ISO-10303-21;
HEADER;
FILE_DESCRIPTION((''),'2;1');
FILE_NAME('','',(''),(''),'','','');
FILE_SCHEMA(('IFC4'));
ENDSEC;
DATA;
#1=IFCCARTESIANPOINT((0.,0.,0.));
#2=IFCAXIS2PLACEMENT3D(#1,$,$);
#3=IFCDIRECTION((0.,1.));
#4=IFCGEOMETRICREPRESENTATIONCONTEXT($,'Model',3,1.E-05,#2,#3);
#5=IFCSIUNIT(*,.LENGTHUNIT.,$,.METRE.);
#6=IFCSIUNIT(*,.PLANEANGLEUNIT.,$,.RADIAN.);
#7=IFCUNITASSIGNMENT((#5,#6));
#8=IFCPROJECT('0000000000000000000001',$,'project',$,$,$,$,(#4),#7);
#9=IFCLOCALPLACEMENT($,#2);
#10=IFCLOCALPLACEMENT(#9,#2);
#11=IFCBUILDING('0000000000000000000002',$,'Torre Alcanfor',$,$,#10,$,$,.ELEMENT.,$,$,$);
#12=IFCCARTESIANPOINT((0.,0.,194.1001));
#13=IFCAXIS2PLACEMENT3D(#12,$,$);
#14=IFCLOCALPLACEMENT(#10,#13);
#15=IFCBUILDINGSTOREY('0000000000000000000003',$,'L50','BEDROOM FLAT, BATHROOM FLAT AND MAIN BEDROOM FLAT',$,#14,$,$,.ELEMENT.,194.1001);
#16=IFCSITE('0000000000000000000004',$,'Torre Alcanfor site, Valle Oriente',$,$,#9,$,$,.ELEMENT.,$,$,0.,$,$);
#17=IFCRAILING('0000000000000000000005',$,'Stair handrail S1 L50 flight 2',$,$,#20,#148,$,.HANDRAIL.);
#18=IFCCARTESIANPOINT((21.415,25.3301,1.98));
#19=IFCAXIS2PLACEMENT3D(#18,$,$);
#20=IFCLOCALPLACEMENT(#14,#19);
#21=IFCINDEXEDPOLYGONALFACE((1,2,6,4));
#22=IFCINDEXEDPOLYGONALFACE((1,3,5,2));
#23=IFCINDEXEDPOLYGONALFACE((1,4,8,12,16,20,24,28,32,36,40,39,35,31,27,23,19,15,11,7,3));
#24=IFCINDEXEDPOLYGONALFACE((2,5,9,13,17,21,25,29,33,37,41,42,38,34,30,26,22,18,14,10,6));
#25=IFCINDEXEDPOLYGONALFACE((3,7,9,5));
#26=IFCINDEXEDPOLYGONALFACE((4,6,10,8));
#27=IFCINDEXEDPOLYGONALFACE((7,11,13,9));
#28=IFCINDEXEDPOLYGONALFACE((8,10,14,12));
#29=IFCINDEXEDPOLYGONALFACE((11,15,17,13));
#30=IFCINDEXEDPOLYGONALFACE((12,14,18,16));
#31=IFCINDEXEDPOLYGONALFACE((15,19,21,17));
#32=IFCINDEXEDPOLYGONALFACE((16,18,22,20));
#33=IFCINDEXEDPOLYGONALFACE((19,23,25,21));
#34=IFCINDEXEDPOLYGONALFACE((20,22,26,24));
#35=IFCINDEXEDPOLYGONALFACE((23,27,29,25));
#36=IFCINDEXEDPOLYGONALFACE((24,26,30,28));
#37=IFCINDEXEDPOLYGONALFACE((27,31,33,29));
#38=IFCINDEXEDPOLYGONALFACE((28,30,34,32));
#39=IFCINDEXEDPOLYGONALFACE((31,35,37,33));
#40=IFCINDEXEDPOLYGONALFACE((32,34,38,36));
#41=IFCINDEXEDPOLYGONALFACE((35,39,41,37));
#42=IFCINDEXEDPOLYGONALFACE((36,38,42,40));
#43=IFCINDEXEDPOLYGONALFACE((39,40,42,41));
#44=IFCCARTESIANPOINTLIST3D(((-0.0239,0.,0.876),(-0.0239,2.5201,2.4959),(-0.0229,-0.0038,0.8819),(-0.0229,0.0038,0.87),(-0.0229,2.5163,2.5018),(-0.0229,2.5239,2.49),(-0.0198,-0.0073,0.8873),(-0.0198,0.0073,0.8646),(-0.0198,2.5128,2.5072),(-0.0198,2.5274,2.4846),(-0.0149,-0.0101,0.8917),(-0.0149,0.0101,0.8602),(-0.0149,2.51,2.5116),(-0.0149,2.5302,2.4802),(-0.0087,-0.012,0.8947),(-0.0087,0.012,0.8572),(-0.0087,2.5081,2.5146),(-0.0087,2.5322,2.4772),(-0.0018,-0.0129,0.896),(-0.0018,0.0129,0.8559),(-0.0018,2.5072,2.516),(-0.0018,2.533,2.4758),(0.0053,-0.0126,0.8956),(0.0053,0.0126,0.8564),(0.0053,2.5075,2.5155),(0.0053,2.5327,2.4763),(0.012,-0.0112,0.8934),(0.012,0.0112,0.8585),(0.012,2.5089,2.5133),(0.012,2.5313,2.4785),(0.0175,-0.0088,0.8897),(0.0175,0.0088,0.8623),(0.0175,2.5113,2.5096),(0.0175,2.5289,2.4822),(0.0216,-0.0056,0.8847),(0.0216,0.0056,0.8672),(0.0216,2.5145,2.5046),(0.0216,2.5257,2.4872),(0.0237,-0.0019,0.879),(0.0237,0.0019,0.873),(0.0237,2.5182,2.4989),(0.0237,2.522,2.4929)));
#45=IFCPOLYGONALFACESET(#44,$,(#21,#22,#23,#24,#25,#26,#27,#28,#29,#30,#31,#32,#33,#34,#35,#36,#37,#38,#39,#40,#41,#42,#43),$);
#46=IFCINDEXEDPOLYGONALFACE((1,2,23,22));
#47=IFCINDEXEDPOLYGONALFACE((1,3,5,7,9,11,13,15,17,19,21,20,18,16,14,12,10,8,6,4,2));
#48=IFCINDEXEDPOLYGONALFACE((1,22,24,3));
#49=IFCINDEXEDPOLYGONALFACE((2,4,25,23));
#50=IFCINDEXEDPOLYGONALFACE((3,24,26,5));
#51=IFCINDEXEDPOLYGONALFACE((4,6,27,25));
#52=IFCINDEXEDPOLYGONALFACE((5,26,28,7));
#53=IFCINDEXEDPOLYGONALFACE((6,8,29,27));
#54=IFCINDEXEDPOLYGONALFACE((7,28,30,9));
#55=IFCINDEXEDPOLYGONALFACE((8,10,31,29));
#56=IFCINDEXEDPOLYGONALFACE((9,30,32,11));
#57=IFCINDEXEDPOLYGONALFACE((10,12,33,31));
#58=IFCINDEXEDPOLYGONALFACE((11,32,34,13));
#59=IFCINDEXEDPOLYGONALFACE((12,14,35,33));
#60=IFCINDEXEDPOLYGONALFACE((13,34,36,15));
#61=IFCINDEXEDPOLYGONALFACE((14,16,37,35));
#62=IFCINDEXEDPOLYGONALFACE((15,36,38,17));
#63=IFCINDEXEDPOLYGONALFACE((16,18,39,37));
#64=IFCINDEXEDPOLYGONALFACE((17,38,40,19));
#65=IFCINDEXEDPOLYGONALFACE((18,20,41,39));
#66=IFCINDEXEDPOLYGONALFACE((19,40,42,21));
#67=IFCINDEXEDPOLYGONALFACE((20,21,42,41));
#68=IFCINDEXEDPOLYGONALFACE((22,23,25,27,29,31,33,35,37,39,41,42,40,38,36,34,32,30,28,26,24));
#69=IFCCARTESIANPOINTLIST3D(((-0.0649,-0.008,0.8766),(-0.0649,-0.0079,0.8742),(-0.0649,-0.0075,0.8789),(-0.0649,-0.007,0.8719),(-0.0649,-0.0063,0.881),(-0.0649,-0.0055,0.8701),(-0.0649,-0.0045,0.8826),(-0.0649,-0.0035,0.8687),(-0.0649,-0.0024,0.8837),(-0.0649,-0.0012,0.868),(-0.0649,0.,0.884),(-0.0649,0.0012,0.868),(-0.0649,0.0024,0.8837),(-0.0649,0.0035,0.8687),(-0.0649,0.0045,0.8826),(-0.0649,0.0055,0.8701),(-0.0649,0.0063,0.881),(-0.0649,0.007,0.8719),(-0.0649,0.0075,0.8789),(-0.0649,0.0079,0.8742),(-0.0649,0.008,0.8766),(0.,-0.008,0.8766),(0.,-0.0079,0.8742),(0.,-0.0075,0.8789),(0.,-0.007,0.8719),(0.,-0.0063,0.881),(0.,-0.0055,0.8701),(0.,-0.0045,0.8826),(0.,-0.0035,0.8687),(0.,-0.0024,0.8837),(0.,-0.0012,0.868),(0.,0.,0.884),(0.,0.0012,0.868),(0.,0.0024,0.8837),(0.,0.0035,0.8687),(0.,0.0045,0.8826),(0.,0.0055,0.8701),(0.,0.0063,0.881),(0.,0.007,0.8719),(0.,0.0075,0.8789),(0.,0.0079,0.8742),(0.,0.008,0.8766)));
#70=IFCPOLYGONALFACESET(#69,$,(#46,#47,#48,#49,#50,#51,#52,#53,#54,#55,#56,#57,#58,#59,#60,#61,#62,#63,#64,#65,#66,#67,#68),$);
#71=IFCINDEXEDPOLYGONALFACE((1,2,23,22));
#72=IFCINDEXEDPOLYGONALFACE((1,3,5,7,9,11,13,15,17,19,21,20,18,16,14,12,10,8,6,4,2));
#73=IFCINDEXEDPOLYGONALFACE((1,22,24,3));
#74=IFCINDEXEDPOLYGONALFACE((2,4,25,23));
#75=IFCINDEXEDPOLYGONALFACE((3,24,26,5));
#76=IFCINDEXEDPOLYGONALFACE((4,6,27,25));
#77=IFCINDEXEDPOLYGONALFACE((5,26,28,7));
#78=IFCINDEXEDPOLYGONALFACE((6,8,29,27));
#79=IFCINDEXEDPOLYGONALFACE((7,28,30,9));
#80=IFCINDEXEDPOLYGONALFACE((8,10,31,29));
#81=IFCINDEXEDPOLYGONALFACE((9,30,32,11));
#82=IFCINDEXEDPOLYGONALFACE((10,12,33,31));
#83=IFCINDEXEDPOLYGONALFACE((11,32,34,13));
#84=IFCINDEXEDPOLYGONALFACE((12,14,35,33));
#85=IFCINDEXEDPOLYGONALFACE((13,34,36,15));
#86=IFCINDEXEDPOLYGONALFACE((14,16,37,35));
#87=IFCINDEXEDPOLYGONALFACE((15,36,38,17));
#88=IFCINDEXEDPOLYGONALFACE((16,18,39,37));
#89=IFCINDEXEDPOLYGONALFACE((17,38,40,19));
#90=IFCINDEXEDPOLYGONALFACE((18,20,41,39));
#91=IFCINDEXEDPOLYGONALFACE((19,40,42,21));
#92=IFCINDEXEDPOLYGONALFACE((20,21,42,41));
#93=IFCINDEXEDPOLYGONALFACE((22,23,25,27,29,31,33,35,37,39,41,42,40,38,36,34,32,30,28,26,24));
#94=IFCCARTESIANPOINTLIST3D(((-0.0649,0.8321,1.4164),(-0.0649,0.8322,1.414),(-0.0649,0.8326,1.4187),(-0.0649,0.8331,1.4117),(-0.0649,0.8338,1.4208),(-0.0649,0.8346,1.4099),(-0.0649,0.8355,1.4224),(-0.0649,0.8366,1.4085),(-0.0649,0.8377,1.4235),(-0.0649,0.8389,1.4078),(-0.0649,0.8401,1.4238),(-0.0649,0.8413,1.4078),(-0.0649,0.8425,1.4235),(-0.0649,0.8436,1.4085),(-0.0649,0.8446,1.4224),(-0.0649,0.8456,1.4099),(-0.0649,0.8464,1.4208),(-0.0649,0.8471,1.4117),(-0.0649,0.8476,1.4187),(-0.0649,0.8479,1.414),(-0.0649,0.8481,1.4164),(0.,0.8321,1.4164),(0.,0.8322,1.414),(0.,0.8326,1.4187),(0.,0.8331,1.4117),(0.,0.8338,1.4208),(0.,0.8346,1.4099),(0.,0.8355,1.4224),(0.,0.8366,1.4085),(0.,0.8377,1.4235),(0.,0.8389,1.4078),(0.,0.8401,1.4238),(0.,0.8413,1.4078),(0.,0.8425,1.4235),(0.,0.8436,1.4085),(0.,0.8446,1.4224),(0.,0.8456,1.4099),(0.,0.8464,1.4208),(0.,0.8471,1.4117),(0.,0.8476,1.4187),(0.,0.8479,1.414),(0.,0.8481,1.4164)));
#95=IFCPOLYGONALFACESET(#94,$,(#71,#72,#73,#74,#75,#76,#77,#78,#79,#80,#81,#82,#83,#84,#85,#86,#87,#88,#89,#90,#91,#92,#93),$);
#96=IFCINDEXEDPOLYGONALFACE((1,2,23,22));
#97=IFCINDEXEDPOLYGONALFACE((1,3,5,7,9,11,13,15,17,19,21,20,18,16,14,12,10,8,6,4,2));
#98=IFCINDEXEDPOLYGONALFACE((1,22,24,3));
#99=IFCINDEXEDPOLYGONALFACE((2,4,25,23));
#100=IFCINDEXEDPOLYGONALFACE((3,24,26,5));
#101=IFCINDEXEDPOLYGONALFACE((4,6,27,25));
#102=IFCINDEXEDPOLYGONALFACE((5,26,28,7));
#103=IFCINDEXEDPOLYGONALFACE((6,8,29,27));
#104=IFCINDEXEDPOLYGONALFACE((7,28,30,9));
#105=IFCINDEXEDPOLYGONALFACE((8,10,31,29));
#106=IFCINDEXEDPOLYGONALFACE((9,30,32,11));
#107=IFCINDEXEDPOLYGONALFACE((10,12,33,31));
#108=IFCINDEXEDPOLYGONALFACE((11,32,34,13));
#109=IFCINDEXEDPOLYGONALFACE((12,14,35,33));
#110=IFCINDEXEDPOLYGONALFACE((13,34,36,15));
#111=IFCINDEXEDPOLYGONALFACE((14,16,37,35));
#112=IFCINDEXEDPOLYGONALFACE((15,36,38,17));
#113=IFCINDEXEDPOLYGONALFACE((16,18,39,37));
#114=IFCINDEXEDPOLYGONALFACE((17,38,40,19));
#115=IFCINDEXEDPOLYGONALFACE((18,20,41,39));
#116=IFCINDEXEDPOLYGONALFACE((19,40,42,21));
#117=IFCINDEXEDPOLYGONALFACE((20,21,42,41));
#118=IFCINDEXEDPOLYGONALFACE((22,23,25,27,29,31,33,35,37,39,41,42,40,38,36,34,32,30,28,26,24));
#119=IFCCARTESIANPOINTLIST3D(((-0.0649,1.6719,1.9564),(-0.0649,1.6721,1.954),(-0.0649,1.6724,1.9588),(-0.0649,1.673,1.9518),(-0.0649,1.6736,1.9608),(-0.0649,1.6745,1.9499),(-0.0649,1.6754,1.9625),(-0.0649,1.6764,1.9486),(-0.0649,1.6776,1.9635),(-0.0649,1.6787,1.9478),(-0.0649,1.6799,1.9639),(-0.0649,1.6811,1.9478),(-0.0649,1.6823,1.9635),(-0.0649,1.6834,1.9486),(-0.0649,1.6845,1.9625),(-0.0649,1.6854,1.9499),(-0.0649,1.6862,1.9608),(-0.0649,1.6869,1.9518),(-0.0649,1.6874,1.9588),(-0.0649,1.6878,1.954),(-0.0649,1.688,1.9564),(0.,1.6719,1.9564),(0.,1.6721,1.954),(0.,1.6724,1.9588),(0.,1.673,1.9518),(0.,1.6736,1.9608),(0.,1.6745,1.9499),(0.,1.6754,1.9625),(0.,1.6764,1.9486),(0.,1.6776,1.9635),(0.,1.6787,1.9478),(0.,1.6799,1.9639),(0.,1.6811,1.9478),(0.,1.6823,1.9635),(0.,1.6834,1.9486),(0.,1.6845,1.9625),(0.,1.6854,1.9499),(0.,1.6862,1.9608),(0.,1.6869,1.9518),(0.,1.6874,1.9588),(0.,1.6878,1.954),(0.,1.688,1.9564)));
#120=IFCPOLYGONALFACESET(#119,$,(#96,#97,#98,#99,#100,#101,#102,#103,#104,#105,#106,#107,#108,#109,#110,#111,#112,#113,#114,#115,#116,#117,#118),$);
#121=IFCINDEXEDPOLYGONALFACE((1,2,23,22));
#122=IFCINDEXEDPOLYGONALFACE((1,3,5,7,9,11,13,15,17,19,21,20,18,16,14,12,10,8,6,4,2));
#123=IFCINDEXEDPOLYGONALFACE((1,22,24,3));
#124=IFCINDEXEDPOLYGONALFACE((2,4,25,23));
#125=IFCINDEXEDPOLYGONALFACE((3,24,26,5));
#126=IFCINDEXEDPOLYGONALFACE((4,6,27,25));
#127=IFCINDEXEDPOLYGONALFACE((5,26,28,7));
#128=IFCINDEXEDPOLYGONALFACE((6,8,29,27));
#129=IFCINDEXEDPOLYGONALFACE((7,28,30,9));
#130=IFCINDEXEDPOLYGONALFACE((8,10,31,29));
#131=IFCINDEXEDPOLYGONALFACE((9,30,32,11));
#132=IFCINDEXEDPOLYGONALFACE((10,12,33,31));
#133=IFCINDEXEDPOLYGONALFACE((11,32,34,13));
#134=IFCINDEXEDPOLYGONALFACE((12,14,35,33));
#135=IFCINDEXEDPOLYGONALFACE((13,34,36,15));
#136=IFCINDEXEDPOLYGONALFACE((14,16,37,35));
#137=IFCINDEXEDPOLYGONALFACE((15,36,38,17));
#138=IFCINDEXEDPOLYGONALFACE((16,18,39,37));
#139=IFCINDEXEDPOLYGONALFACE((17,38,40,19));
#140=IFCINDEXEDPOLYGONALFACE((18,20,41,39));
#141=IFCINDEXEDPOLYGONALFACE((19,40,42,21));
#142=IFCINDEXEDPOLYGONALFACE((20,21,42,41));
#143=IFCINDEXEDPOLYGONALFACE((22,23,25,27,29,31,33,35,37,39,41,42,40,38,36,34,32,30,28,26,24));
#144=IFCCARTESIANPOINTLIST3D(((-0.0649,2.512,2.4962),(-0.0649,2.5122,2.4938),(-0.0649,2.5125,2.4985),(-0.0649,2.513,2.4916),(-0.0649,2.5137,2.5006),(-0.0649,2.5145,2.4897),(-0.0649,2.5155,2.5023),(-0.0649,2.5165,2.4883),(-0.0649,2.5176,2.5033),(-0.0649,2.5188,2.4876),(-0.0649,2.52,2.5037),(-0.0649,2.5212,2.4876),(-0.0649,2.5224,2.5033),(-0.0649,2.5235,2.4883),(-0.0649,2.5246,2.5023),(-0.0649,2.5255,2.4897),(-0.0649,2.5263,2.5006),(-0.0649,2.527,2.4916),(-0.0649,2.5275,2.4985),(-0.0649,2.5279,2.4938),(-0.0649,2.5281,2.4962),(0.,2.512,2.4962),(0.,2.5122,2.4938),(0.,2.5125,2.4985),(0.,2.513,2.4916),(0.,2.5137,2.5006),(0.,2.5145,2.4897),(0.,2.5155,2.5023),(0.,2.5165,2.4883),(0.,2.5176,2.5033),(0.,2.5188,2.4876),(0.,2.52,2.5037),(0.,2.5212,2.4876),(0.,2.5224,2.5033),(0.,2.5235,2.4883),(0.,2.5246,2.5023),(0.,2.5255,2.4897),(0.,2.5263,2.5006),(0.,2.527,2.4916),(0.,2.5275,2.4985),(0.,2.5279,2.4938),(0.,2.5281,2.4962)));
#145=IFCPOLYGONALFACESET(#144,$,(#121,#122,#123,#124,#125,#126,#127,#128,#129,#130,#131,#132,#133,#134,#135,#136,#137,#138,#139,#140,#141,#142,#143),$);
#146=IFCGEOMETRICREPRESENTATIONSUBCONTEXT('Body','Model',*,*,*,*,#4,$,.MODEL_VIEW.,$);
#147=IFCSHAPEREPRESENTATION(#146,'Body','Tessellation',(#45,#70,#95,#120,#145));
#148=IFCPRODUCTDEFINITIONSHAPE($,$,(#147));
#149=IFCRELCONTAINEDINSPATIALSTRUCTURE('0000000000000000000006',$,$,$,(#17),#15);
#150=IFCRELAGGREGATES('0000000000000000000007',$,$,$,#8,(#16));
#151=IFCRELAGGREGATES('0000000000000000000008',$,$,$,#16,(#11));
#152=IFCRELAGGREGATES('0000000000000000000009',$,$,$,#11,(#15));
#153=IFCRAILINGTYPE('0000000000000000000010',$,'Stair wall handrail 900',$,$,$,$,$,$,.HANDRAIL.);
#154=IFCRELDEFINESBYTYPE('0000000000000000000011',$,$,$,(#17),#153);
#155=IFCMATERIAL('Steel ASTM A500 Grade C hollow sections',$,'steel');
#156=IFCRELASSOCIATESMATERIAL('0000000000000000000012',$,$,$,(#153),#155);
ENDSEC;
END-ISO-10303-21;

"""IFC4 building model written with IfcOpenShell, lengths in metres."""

from ifc_helpers import new_model, si_unit, direction, frame, origin, origin_2d, place, context, subcontext, project, spatial, circle, extrude, material, type_object, element, save


model = new_model("IFC4")

# Units and contexts
model_context = context("Model", 3, precision=1e-05, world=origin(), true_north=direction((0.0, 1.0)))
body_context = subcontext(model_context, "Body", "Model", "MODEL_VIEW")
ifc_project = project(units=[si_unit("LENGTHUNIT", "METRE"), si_unit("PLANEANGLEUNIT", "RADIAN")], contexts=[model_context])

# Site, building, storey
site_placement = place(None, origin())
site = spatial("IfcSite", under=ifc_project, at=site_placement, Name="Torre Alcanfor site, Valle Oriente", CompositionType="ELEMENT", RefElevation=0.0)
building_placement = place(site_placement, origin())
building = spatial("IfcBuilding", under=site, at=building_placement, Name="Torre Alcanfor", CompositionType="ELEMENT")
storey_placement = place(building_placement, frame((0.0, 0.0, 194.1001)))
storey = spatial("IfcBuildingStorey", under=building, at=storey_placement, Name="L50", Description="BEDROOM FLAT, BATHROOM FLAT AND MAIN BEDROOM FLAT", CompositionType="ELEMENT", Elevation=194.1001)

# Railing
ifc_material_1 = material(Name="Steel ASTM A500 Grade C hollow sections", Category="steel")
railing_type = type_object("IfcRailingType", Name="Stair wall handrail 900", PredefinedType="HANDRAIL", material=ifc_material_1)
railing_placement = place(storey_placement, frame((21.415, 25.3301, 1.98)))
element("IfcRailing", 1, at=railing_placement, inside=storey, type_object=railing_type, Name="Stair handrail S1 L50 flight 2", PredefinedType="HANDRAIL", context=body_context, shape_type="SweptSolid", body=[
    extrude(circle(Radius=0.0239, at=origin_2d()), frame((0.0, 0.0, 0.876), z_axis=(0.0, 0.8412, 0.540725), x_axis=(-1.0, 0.0, 0.0)), (0.0, 0.0, 1.0), 2.9958),
    extrude(circle(Radius=0.0081, at=origin_2d()), frame((0.0, 0.0, 0.876), z_axis=(-1.0, 0.0, 0.0), x_axis=(0.0, 0.0, 1.0)), (0.0, 0.0, 1.0), 0.0649),
    extrude(circle(Radius=0.0081, at=origin_2d()), frame((0.0, 0.8401, 1.4158), z_axis=(-1.0, 0.0, 0.0), x_axis=(0.0, 0.0, 1.0)), (0.0, 0.0, 1.0), 0.0649),
    extrude(circle(Radius=0.0081, at=origin_2d()), frame((0.0, 1.6799, 1.9558), z_axis=(-1.0, 0.0, 0.0), x_axis=(0.0, 0.0, 1.0)), (0.0, 0.0, 1.0), 0.0649),
    extrude(circle(Radius=0.0081, at=origin_2d()), frame((0.0, 2.52, 2.4956), z_axis=(-1.0, 0.0, 0.0), x_axis=(0.0, 0.0, 1.0)), (0.0, 0.0, 1.0), 0.0649),
])

save(model, "model.ifc")
